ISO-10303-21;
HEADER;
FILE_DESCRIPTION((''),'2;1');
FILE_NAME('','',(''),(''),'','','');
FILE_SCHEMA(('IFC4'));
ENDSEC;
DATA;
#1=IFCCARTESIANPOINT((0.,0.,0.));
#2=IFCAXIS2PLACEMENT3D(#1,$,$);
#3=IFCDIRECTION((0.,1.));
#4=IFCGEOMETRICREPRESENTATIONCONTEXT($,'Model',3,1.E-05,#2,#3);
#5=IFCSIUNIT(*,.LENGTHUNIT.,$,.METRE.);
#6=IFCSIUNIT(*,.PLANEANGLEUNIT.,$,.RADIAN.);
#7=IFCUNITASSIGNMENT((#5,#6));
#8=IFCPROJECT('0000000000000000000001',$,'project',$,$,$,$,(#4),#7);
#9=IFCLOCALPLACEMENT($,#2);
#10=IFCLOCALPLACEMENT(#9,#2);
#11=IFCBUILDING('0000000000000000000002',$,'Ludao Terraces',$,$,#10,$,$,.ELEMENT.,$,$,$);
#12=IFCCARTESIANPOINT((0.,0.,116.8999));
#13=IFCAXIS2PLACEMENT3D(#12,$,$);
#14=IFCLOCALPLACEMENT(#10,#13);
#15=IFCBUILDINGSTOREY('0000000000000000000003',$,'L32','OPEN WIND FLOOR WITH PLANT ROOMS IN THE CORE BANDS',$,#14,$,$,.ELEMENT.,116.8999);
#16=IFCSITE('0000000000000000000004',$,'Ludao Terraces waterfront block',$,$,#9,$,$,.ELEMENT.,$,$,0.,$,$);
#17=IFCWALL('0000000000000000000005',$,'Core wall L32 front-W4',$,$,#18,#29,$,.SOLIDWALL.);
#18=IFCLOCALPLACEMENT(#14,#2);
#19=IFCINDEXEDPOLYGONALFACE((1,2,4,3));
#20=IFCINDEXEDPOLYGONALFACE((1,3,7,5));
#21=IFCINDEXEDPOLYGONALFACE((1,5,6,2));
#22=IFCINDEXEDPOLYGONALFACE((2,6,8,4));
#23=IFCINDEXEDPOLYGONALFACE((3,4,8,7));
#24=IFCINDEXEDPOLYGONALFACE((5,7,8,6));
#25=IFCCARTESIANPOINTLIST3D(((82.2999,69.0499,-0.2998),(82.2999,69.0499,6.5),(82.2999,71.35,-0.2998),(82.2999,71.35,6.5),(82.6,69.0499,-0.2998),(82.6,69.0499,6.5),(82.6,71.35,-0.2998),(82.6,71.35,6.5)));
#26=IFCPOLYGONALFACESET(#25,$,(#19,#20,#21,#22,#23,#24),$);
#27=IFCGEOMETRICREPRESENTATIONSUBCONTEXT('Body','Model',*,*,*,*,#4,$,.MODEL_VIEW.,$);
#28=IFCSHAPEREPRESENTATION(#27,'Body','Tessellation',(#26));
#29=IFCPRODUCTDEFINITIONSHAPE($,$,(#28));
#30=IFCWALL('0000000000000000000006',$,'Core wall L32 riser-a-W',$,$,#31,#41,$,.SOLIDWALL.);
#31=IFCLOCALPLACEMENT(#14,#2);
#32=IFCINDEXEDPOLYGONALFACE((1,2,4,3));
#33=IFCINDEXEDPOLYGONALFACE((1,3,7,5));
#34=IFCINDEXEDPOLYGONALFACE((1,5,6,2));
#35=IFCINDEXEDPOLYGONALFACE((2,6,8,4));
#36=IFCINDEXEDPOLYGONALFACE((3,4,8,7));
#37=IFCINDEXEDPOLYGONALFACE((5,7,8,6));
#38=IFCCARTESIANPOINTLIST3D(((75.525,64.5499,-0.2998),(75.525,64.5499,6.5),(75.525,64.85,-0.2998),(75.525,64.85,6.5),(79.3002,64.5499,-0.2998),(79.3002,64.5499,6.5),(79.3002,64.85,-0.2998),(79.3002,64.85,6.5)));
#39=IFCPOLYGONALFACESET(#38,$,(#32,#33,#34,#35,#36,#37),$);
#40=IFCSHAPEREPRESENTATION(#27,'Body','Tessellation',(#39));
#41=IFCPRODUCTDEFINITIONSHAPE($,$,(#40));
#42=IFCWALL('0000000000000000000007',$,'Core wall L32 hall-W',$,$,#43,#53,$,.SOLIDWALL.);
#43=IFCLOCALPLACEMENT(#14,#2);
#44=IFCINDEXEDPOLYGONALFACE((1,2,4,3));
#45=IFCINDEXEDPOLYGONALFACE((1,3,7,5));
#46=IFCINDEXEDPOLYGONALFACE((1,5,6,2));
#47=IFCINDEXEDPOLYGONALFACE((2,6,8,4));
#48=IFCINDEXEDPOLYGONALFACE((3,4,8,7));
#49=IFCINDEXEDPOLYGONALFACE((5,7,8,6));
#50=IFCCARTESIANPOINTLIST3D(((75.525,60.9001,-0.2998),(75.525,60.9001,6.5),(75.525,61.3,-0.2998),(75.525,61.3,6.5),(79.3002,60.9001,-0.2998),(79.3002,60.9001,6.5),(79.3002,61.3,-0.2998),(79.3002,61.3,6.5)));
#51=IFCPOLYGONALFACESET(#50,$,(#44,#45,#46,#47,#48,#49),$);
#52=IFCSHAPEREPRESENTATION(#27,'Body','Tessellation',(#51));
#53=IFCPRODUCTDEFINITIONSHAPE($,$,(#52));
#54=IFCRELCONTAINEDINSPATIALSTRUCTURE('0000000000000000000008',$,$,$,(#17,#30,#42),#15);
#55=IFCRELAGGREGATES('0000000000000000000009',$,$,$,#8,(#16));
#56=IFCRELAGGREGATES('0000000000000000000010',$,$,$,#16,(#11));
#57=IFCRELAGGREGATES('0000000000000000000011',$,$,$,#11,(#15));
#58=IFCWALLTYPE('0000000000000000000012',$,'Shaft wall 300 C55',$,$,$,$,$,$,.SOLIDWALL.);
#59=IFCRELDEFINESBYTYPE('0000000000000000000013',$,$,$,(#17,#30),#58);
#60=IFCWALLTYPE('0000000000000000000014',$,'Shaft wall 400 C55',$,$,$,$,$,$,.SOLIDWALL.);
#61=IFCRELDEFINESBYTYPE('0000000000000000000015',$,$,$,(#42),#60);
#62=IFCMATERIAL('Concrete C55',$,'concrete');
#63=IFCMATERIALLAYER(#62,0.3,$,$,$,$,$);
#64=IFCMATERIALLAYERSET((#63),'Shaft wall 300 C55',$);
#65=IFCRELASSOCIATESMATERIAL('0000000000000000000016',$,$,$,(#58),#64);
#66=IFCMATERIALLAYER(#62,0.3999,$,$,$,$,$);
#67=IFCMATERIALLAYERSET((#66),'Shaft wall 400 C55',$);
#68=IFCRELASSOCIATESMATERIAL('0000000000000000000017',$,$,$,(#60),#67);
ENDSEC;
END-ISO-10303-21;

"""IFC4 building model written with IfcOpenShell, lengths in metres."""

from ifc_helpers import new_model, si_unit, direction, frame, frame_2d, origin, place, context, subcontext, project, spatial, rectangle, extrude, material, layer, layer_set, type_object, element, save


model = new_model("IFC4")

# Units and contexts
model_context = context("Model", 3, precision=1e-05, world=origin(), true_north=direction((0.0, 1.0)))
body_context = subcontext(model_context, "Body", "Model", "MODEL_VIEW")
ifc_project = project(units=[si_unit("LENGTHUNIT", "METRE"), si_unit("PLANEANGLEUNIT", "RADIAN")], contexts=[model_context])

# Site, building, storey
site_placement = place(None, origin())
site = spatial("IfcSite", under=ifc_project, at=site_placement, Name="Ludao Terraces waterfront block", CompositionType="ELEMENT", RefElevation=0.0)
building_placement = place(site_placement, origin())
building = spatial("IfcBuilding", under=site, at=building_placement, Name="Ludao Terraces", CompositionType="ELEMENT")
storey_placement = place(building_placement, frame((0.0, 0.0, 116.8999)))
storey = spatial("IfcBuildingStorey", under=building, at=storey_placement, Name="L32", Description="OPEN WIND FLOOR WITH PLANT ROOMS IN THE CORE BANDS", CompositionType="ELEMENT", Elevation=116.8999)

# Walls
ifc_material_1 = material(Name="Concrete C55", Category="concrete")
ifc_layer_1 = layer(ifc_material_1, 0.3)
ifc_layer_set_1 = layer_set([ifc_layer_1], Name="Shaft wall 300 C55")
wall_type_1 = type_object("IfcWallType", Name="Shaft wall 300 C55", PredefinedType="SOLIDWALL", material=ifc_layer_set_1)
wall_1_placement = place(storey_placement, frame((82.45, 69.05, -0.2998), z_axis=(0.0, 0.0, 1.0), x_axis=(0.0, 1.0, 0.0)))
element("IfcWall", 1, at=wall_1_placement, inside=storey, type_object=wall_type_1, Name="Core wall L32 front-W4", PredefinedType="SOLIDWALL", context=body_context, shape_type="SweptSolid", body=[
    extrude(rectangle(XDim=2.3, YDim=0.3, at=frame_2d((1.1499, 0.0))), origin(), (0.0, 0.0, 1.0), 6.7998),
])
wall_2_placement = place(storey_placement, frame((75.5249, 64.7, -0.2998), z_axis=(0.0, 0.0, 1.0), x_axis=(1.0, 0.0, 0.0)))
element("IfcWall", 2, at=wall_2_placement, inside=storey, type_object=wall_type_1, Name="Core wall L32 riser-a-W", PredefinedType="SOLIDWALL", context=body_context, shape_type="SweptSolid", body=[
    extrude(rectangle(XDim=3.7751, YDim=0.3, at=frame_2d((1.8877, 0.0))), origin(), (0.0, 0.0, 1.0), 6.7998),
])
ifc_layer_2 = layer(ifc_material_1, 0.3999)
ifc_layer_set_2 = layer_set([ifc_layer_2], Name="Shaft wall 400 C55")
wall_type_2 = type_object("IfcWallType", Name="Shaft wall 400 C55", PredefinedType="SOLIDWALL", material=ifc_layer_set_2)
wall_3_placement = place(storey_placement, frame((75.5249, 61.1001, -0.2998), z_axis=(0.0, 0.0, 1.0), x_axis=(1.0, 0.0, 0.0)))
element("IfcWall", 3, at=wall_3_placement, inside=storey, type_object=wall_type_2, Name="Core wall L32 hall-W", PredefinedType="SOLIDWALL", context=body_context, shape_type="SweptSolid", body=[
    extrude(rectangle(XDim=3.7751, YDim=0.3999, at=frame_2d((1.8877, 0.0))), origin(), (0.0, 0.0, 1.0), 6.7998),
])

save(model, "model.ifc")
